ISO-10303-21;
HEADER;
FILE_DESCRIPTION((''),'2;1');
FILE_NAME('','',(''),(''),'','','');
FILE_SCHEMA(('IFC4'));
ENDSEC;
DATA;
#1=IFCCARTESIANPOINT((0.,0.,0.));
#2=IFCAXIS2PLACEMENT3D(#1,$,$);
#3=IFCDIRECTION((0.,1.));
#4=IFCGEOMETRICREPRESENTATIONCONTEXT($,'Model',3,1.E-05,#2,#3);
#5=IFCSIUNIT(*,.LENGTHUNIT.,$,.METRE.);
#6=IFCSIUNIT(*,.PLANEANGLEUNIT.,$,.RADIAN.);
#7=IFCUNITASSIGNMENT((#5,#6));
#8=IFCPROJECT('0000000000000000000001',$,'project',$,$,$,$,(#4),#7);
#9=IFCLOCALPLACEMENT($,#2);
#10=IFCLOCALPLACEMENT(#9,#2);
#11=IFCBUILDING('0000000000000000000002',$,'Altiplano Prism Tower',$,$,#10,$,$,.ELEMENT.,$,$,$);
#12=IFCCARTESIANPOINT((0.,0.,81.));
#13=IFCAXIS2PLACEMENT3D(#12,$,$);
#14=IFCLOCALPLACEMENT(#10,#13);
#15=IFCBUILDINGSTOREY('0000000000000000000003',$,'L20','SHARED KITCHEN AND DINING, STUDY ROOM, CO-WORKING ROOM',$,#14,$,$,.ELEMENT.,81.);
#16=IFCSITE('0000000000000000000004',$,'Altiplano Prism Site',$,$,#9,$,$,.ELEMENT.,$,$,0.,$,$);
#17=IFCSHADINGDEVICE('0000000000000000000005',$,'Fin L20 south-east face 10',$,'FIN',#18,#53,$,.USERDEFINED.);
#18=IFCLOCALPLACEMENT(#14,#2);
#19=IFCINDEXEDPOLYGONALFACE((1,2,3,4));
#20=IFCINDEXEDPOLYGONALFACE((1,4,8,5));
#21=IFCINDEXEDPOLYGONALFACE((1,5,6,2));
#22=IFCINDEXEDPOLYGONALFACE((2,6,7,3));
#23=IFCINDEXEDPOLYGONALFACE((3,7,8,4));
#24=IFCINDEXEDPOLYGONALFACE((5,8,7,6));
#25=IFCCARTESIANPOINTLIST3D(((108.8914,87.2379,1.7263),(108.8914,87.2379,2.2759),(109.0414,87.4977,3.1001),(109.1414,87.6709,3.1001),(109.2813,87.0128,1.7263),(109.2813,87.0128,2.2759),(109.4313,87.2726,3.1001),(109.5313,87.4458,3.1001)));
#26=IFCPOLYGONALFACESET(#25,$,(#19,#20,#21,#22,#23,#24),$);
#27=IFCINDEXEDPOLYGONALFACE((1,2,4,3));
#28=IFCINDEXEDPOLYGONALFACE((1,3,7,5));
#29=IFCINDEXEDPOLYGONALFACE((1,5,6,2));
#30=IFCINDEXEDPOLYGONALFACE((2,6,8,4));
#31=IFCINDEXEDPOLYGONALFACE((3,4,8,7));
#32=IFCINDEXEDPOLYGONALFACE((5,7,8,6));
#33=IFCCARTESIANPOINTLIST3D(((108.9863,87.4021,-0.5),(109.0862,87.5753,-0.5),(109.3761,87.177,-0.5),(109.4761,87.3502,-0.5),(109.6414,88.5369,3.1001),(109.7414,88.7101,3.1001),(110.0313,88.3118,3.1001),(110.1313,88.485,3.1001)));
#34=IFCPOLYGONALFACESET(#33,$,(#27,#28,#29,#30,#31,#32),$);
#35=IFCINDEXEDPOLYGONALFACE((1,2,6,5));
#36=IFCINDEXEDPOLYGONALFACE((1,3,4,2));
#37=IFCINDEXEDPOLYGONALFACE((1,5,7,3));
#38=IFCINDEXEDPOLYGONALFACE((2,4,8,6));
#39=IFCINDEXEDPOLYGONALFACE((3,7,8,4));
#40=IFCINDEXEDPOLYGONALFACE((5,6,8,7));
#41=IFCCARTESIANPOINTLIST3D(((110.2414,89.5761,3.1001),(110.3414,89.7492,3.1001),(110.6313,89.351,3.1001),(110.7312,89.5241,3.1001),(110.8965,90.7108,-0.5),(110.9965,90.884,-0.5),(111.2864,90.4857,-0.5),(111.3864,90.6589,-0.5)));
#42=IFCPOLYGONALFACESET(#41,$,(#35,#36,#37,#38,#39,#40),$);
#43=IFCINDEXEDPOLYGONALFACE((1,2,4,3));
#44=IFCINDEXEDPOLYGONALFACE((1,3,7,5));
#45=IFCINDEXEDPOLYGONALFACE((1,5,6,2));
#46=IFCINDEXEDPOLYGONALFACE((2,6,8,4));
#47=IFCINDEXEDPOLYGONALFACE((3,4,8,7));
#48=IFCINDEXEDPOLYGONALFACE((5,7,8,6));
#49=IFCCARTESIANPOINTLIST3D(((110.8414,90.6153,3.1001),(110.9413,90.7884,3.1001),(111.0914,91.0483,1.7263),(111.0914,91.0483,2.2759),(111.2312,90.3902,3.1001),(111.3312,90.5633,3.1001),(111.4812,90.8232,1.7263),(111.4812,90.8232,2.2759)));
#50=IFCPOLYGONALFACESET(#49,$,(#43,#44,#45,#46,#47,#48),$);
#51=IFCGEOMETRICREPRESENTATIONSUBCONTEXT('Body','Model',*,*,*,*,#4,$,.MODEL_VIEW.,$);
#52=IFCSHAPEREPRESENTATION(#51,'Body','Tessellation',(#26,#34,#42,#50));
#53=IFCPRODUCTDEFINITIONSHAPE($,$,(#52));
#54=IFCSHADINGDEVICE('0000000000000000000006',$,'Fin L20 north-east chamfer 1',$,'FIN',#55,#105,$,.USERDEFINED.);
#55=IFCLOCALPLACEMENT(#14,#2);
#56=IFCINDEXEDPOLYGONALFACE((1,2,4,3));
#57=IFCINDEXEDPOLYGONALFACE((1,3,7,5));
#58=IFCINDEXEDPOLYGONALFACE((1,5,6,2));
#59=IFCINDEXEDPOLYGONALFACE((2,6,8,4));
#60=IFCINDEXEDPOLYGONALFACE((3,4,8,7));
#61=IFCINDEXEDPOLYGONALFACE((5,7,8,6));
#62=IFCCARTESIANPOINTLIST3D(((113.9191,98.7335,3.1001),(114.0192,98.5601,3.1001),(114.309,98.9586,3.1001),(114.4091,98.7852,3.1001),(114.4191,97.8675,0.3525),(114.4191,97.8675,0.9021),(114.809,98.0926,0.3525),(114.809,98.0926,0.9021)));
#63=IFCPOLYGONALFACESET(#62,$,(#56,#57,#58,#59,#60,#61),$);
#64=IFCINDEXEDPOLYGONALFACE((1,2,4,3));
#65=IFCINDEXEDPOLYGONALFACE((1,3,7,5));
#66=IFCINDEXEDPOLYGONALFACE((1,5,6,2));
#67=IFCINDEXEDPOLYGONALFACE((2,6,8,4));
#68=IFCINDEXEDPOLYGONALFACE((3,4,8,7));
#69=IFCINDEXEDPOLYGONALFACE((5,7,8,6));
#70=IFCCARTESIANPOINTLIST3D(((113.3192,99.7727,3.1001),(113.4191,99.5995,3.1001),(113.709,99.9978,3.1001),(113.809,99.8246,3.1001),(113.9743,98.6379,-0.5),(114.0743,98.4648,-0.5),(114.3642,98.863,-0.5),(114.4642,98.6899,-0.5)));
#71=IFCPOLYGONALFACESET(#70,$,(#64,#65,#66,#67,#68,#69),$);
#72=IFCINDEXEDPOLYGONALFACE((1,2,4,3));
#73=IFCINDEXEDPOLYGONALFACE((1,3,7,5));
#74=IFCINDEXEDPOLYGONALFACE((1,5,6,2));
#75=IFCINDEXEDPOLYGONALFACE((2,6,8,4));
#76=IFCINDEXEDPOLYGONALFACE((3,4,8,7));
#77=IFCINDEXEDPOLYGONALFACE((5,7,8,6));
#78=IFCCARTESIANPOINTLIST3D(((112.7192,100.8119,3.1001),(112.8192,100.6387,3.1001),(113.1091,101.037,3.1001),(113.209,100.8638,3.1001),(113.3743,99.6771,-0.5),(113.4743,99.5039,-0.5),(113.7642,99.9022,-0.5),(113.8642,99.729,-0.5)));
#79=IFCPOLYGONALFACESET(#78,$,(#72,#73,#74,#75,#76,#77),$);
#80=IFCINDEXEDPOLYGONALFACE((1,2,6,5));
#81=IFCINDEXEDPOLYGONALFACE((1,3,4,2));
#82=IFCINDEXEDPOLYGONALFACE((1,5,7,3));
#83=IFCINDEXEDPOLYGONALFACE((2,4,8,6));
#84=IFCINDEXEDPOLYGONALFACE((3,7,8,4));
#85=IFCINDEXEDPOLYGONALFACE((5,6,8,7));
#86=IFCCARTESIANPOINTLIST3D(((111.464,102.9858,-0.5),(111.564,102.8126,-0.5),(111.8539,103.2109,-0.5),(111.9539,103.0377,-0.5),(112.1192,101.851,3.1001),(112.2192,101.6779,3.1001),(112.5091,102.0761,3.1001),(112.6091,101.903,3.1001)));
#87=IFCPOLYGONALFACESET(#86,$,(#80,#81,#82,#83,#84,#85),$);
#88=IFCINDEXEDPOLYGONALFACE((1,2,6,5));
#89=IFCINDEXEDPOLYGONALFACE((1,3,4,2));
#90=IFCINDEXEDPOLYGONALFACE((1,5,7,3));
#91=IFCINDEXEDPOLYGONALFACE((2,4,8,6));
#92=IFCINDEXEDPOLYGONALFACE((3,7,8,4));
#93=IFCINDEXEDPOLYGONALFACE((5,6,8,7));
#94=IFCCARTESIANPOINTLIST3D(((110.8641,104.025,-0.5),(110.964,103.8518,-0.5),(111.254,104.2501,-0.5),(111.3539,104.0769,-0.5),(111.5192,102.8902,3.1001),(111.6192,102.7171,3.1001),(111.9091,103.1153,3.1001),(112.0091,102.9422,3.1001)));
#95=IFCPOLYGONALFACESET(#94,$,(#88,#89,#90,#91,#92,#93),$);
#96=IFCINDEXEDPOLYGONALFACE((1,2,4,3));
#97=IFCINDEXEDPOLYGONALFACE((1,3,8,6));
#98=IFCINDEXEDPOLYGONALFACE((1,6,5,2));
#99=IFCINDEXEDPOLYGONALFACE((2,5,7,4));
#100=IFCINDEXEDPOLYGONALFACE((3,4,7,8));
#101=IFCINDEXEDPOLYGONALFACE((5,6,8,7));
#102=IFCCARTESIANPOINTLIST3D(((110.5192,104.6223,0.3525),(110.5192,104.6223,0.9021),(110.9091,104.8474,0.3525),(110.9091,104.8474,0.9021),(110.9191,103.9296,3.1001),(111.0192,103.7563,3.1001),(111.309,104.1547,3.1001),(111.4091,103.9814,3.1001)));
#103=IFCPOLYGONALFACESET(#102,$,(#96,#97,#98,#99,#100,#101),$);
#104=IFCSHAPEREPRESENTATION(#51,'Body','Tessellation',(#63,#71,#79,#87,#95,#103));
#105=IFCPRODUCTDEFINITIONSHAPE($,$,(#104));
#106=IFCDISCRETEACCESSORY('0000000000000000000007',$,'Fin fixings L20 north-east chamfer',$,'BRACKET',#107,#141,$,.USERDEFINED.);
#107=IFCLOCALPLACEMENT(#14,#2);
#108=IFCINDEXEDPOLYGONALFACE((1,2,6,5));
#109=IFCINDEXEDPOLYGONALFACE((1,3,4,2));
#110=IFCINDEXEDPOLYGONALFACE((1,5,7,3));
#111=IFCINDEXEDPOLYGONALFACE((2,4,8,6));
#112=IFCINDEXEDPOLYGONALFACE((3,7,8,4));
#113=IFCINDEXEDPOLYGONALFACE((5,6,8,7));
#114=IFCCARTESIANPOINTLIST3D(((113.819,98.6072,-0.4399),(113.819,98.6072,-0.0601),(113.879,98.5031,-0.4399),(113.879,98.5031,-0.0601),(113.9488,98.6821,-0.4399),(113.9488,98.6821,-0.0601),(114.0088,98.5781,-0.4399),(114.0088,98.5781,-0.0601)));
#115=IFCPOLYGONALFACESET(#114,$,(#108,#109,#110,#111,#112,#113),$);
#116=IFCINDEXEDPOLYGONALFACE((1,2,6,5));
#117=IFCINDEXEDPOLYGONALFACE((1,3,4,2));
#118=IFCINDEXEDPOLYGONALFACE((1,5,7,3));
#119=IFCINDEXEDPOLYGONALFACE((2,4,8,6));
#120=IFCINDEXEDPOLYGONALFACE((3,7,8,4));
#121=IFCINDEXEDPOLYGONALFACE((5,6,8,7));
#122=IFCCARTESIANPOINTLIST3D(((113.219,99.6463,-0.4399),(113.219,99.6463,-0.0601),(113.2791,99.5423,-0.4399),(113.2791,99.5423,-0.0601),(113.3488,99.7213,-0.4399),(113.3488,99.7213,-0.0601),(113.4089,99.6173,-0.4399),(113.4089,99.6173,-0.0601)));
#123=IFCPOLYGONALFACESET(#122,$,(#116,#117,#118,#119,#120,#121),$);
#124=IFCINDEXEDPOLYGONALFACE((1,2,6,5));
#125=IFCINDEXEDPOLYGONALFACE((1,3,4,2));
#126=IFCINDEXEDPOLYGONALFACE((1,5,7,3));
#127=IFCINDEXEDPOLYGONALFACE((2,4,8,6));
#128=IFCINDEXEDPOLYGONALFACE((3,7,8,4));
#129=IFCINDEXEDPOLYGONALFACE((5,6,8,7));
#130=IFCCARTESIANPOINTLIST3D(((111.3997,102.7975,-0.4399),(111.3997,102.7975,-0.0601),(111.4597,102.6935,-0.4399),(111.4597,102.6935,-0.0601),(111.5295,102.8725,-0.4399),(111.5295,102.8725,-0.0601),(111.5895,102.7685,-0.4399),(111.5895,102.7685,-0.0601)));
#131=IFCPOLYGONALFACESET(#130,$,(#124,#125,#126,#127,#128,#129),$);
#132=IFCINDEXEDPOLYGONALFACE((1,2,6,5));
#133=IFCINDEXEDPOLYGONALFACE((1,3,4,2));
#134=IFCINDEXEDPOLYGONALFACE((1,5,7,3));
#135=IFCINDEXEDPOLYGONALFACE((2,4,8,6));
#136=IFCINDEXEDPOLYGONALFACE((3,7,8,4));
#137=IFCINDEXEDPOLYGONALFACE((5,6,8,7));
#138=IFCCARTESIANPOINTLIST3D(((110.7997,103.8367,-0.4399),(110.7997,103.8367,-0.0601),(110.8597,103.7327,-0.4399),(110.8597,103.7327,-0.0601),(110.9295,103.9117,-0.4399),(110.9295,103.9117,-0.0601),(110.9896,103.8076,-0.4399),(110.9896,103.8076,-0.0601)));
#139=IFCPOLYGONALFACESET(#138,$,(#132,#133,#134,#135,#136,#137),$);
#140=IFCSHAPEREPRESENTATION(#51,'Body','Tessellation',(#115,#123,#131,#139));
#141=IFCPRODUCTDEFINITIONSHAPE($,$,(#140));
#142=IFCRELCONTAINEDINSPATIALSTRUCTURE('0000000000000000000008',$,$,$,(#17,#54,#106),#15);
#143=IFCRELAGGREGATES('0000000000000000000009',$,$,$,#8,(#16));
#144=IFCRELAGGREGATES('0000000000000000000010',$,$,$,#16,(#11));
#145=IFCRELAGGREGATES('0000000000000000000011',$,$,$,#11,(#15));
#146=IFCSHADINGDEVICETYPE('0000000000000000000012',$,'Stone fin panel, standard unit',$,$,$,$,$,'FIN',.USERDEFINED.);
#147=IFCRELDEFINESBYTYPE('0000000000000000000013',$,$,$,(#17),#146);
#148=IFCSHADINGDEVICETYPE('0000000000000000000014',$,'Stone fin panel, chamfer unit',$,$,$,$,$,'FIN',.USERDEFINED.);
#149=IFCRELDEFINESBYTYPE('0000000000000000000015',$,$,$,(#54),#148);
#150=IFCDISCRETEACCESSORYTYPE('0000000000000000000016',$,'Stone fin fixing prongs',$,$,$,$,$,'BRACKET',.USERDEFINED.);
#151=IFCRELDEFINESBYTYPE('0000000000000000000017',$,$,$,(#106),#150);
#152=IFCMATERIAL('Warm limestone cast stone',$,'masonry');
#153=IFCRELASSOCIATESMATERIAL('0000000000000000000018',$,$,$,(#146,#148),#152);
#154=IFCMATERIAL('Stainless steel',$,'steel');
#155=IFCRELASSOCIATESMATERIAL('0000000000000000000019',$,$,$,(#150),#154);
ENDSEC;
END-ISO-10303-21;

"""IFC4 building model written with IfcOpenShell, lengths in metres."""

from ifc_helpers import new_model, si_unit, direction, frame, origin, place, context, subcontext, project, spatial, polyline, outline, extrude, source, transform, mapped, material, type_object, element, save


model = new_model("IFC4")

# Units and contexts
model_context = context("Model", 3, precision=1e-05, world=origin(), true_north=direction((0.0, 1.0)))
body_context = subcontext(model_context, "Body", "Model", "MODEL_VIEW")
ifc_project = project(units=[si_unit("LENGTHUNIT", "METRE"), si_unit("PLANEANGLEUNIT", "RADIAN")], contexts=[model_context])

# Site, building, storey
site_placement = place(None, origin())
site = spatial("IfcSite", under=ifc_project, at=site_placement, Name="Altiplano Prism Site", CompositionType="ELEMENT", RefElevation=0.0)
building_placement = place(site_placement, origin())
building = spatial("IfcBuilding", under=site, at=building_placement, Name="Altiplano Prism Tower", CompositionType="ELEMENT")
storey_placement = place(building_placement, frame((0.0, 0.0, 81.0)))
storey = spatial("IfcBuildingStorey", under=building, at=storey_placement, Name="L20", Description="SHARED KITCHEN AND DINING, STUDY ROOM, CO-WORKING ROOM", CompositionType="ELEMENT", Elevation=81.0)

# Shading devices
ifc_material_1 = material(Name="Warm limestone cast stone", Category="masonry")
shading_device_type_1 = type_object("IfcShadingDeviceType", Name="Stone fin panel, standard unit", ElementType="FIN", PredefinedType="USERDEFINED", material=ifc_material_1)
shared_shape_1 = source(origin(), body_context, "Body", "SweptSolid", [
    extrude(outline(polyline([(-2.2, 2.2263), (-1.7, 3.6001), (-1.8999, 3.6001), (-2.2, 2.7759), (-2.2, 2.2263)])), frame((0.0, -0.1499, 0.0), z_axis=(0.0, -1.0, 0.0), x_axis=(1.0, 0.0, 0.0)), (0.0, 0.0, 1.0), 0.4502),
    extrude(outline(polyline([(-2.0103, 0.0), (-1.8103, 0.0), (-0.5, 3.6001), (-0.7, 3.6001), (-2.0103, 0.0)])), frame((0.0, -0.1499, 0.0), z_axis=(0.0, -1.0, 0.0), x_axis=(1.0, 0.0, 0.0)), (0.0, 0.0, 1.0), 0.4502),
    extrude(outline(polyline([(1.8103, 0.0), (2.0103, 0.0), (0.7, 3.6001), (0.5, 3.6001), (1.8103, 0.0)])), frame((0.0, -0.1499, 0.0), z_axis=(0.0, -1.0, 0.0), x_axis=(1.0, 0.0, 0.0)), (0.0, 0.0, 1.0), 0.4502),
    extrude(outline(polyline([(2.2, 2.7759), (1.8999, 3.6001), (1.7, 3.6001), (2.2, 2.2263), (2.2, 2.7759)])), frame((0.0, -0.1499, 0.0), z_axis=(0.0, -1.0, 0.0), x_axis=(1.0, 0.0, 0.0)), (0.0, 0.0, 1.0), 0.4502),
])
shading_device_1_placement = place(storey_placement, origin())
element("IfcShadingDevice", 1, at=shading_device_1_placement, inside=storey, type_object=shading_device_type_1, Name="Fin L20 south-east face 10", ObjectType="FIN", PredefinedType="USERDEFINED", context=body_context, shape_type="MappedRepresentation", body=[
    mapped(shared_shape_1, transform((109.8616, 89.218, -0.5), x_axis=(0.5, 0.866025, 0.0), y_axis=(-0.866025, 0.5, 0.0), z_axis=(0.0, 0.0, 1.0))),
])
shading_device_type_2 = type_object("IfcShadingDeviceType", Name="Stone fin panel, chamfer unit", ElementType="FIN", PredefinedType="USERDEFINED", material=ifc_material_1)
shared_shape_2 = source(origin(), body_context, "Body", "SweptSolid", [
    extrude(outline(polyline([(-3.8999, 0.8525), (-2.8999, 3.6001), (-3.1001, 3.6001), (-3.8999, 1.4021), (-3.8999, 0.8525)])), frame((0.0, -0.1499, 0.0), z_axis=(0.0, -1.0, 0.0), x_axis=(1.0, 0.0, 0.0)), (0.0, 0.0, 1.0), 0.4502),
    extrude(outline(polyline([(-3.2102, 0.0), (-3.0103, 0.0), (-1.7, 3.6001), (-1.8999, 3.6001), (-3.2102, 0.0)])), frame((0.0, -0.1499, 0.0), z_axis=(0.0, -1.0, 0.0), x_axis=(1.0, 0.0, 0.0)), (0.0, 0.0, 1.0), 0.4502),
    extrude(outline(polyline([(-2.0103, 0.0), (-1.8103, 0.0), (-0.5, 3.6001), (-0.7, 3.6001), (-2.0103, 0.0)])), frame((0.0, -0.1499, 0.0), z_axis=(0.0, -1.0, 0.0), x_axis=(1.0, 0.0, 0.0)), (0.0, 0.0, 1.0), 0.4502),
    extrude(outline(polyline([(1.8103, 0.0), (2.0103, 0.0), (0.7, 3.6001), (0.5, 3.6001), (1.8103, 0.0)])), frame((0.0, -0.1499, 0.0), z_axis=(0.0, -1.0, 0.0), x_axis=(1.0, 0.0, 0.0)), (0.0, 0.0, 1.0), 0.4502),
    extrude(outline(polyline([(3.0103, 0.0), (3.2102, 0.0), (1.8999, 3.6001), (1.7, 3.6001), (3.0103, 0.0)])), frame((0.0, -0.1499, 0.0), z_axis=(0.0, -1.0, 0.0), x_axis=(1.0, 0.0, 0.0)), (0.0, 0.0, 1.0), 0.4502),
    extrude(outline(polyline([(3.8999, 1.4021), (3.1001, 3.6001), (2.8999, 3.6001), (3.8999, 0.8525), (3.8999, 1.4021)])), frame((0.0, -0.1499, 0.0), z_axis=(0.0, -1.0, 0.0), x_axis=(1.0, 0.0, 0.0)), (0.0, 0.0, 1.0), 0.4502),
])
shading_device_2_placement = place(storey_placement, origin())
element("IfcShadingDevice", 2, at=shading_device_2_placement, inside=storey, type_object=shading_device_type_2, Name="Fin L20 north-east chamfer 1", ObjectType="FIN", PredefinedType="USERDEFINED", context=body_context, shape_type="MappedRepresentation", body=[
    mapped(shared_shape_2, transform((112.3394, 101.1699, -0.5), x_axis=(-0.5, 0.866025, 0.0), y_axis=(-0.866025, -0.5, 0.0), z_axis=(0.0, 0.0, 1.0))),
])

# Discrete accessory
ifc_material_2 = material(Name="Stainless steel", Category="steel")
discrete_accessory_type = type_object("IfcDiscreteAccessoryType", Name="Stone fin fixing prongs", ElementType="BRACKET", PredefinedType="USERDEFINED", material=ifc_material_2)
shared_shape_3 = source(origin(), body_context, "Body", "SweptSolid", [
    extrude(outline(polyline([(-3.0793, 0.0601), (-2.9592, 0.0601), (-2.9592, 0.4399), (-3.0793, 0.4399), (-3.0793, 0.0601)])), frame((0.0, 0.0, 0.0), z_axis=(0.0, -1.0, 0.0), x_axis=(1.0, 0.0, 0.0)), (0.0, 0.0, 1.0), 0.1499),
    extrude(outline(polyline([(-1.8794, 0.0601), (-1.7593, 0.0601), (-1.7593, 0.4399), (-1.8794, 0.4399), (-1.8794, 0.0601)])), frame((0.0, 0.0, 0.0), z_axis=(0.0, -1.0, 0.0), x_axis=(1.0, 0.0, 0.0)), (0.0, 0.0, 1.0), 0.1499),
    extrude(outline(polyline([(1.7593, 0.0601), (1.8794, 0.0601), (1.8794, 0.4399), (1.7593, 0.4399), (1.7593, 0.0601)])), frame((0.0, 0.0, 0.0), z_axis=(0.0, -1.0, 0.0), x_axis=(1.0, 0.0, 0.0)), (0.0, 0.0, 1.0), 0.1499),
    extrude(outline(polyline([(2.9592, 0.0601), (3.0793, 0.0601), (3.0793, 0.4399), (2.9592, 0.4399), (2.9592, 0.0601)])), frame((0.0, 0.0, 0.0), z_axis=(0.0, -1.0, 0.0), x_axis=(1.0, 0.0, 0.0)), (0.0, 0.0, 1.0), 0.1499),
])
discrete_accessory_1_placement = place(storey_placement, origin())
element("IfcDiscreteAccessory", 3, at=discrete_accessory_1_placement, inside=storey, type_object=discrete_accessory_type, Name="Fin fixings L20 north-east chamfer", ObjectType="BRACKET", PredefinedType="USERDEFINED", context=body_context, shape_type="MappedRepresentation", body=[
    mapped(shared_shape_3, transform((112.3394, 101.1699, -0.5), x_axis=(-0.5, 0.866025, 0.0), y_axis=(-0.866025, -0.5, 0.0), z_axis=(0.0, 0.0, 1.0))),
])

save(model, "model.ifc")
